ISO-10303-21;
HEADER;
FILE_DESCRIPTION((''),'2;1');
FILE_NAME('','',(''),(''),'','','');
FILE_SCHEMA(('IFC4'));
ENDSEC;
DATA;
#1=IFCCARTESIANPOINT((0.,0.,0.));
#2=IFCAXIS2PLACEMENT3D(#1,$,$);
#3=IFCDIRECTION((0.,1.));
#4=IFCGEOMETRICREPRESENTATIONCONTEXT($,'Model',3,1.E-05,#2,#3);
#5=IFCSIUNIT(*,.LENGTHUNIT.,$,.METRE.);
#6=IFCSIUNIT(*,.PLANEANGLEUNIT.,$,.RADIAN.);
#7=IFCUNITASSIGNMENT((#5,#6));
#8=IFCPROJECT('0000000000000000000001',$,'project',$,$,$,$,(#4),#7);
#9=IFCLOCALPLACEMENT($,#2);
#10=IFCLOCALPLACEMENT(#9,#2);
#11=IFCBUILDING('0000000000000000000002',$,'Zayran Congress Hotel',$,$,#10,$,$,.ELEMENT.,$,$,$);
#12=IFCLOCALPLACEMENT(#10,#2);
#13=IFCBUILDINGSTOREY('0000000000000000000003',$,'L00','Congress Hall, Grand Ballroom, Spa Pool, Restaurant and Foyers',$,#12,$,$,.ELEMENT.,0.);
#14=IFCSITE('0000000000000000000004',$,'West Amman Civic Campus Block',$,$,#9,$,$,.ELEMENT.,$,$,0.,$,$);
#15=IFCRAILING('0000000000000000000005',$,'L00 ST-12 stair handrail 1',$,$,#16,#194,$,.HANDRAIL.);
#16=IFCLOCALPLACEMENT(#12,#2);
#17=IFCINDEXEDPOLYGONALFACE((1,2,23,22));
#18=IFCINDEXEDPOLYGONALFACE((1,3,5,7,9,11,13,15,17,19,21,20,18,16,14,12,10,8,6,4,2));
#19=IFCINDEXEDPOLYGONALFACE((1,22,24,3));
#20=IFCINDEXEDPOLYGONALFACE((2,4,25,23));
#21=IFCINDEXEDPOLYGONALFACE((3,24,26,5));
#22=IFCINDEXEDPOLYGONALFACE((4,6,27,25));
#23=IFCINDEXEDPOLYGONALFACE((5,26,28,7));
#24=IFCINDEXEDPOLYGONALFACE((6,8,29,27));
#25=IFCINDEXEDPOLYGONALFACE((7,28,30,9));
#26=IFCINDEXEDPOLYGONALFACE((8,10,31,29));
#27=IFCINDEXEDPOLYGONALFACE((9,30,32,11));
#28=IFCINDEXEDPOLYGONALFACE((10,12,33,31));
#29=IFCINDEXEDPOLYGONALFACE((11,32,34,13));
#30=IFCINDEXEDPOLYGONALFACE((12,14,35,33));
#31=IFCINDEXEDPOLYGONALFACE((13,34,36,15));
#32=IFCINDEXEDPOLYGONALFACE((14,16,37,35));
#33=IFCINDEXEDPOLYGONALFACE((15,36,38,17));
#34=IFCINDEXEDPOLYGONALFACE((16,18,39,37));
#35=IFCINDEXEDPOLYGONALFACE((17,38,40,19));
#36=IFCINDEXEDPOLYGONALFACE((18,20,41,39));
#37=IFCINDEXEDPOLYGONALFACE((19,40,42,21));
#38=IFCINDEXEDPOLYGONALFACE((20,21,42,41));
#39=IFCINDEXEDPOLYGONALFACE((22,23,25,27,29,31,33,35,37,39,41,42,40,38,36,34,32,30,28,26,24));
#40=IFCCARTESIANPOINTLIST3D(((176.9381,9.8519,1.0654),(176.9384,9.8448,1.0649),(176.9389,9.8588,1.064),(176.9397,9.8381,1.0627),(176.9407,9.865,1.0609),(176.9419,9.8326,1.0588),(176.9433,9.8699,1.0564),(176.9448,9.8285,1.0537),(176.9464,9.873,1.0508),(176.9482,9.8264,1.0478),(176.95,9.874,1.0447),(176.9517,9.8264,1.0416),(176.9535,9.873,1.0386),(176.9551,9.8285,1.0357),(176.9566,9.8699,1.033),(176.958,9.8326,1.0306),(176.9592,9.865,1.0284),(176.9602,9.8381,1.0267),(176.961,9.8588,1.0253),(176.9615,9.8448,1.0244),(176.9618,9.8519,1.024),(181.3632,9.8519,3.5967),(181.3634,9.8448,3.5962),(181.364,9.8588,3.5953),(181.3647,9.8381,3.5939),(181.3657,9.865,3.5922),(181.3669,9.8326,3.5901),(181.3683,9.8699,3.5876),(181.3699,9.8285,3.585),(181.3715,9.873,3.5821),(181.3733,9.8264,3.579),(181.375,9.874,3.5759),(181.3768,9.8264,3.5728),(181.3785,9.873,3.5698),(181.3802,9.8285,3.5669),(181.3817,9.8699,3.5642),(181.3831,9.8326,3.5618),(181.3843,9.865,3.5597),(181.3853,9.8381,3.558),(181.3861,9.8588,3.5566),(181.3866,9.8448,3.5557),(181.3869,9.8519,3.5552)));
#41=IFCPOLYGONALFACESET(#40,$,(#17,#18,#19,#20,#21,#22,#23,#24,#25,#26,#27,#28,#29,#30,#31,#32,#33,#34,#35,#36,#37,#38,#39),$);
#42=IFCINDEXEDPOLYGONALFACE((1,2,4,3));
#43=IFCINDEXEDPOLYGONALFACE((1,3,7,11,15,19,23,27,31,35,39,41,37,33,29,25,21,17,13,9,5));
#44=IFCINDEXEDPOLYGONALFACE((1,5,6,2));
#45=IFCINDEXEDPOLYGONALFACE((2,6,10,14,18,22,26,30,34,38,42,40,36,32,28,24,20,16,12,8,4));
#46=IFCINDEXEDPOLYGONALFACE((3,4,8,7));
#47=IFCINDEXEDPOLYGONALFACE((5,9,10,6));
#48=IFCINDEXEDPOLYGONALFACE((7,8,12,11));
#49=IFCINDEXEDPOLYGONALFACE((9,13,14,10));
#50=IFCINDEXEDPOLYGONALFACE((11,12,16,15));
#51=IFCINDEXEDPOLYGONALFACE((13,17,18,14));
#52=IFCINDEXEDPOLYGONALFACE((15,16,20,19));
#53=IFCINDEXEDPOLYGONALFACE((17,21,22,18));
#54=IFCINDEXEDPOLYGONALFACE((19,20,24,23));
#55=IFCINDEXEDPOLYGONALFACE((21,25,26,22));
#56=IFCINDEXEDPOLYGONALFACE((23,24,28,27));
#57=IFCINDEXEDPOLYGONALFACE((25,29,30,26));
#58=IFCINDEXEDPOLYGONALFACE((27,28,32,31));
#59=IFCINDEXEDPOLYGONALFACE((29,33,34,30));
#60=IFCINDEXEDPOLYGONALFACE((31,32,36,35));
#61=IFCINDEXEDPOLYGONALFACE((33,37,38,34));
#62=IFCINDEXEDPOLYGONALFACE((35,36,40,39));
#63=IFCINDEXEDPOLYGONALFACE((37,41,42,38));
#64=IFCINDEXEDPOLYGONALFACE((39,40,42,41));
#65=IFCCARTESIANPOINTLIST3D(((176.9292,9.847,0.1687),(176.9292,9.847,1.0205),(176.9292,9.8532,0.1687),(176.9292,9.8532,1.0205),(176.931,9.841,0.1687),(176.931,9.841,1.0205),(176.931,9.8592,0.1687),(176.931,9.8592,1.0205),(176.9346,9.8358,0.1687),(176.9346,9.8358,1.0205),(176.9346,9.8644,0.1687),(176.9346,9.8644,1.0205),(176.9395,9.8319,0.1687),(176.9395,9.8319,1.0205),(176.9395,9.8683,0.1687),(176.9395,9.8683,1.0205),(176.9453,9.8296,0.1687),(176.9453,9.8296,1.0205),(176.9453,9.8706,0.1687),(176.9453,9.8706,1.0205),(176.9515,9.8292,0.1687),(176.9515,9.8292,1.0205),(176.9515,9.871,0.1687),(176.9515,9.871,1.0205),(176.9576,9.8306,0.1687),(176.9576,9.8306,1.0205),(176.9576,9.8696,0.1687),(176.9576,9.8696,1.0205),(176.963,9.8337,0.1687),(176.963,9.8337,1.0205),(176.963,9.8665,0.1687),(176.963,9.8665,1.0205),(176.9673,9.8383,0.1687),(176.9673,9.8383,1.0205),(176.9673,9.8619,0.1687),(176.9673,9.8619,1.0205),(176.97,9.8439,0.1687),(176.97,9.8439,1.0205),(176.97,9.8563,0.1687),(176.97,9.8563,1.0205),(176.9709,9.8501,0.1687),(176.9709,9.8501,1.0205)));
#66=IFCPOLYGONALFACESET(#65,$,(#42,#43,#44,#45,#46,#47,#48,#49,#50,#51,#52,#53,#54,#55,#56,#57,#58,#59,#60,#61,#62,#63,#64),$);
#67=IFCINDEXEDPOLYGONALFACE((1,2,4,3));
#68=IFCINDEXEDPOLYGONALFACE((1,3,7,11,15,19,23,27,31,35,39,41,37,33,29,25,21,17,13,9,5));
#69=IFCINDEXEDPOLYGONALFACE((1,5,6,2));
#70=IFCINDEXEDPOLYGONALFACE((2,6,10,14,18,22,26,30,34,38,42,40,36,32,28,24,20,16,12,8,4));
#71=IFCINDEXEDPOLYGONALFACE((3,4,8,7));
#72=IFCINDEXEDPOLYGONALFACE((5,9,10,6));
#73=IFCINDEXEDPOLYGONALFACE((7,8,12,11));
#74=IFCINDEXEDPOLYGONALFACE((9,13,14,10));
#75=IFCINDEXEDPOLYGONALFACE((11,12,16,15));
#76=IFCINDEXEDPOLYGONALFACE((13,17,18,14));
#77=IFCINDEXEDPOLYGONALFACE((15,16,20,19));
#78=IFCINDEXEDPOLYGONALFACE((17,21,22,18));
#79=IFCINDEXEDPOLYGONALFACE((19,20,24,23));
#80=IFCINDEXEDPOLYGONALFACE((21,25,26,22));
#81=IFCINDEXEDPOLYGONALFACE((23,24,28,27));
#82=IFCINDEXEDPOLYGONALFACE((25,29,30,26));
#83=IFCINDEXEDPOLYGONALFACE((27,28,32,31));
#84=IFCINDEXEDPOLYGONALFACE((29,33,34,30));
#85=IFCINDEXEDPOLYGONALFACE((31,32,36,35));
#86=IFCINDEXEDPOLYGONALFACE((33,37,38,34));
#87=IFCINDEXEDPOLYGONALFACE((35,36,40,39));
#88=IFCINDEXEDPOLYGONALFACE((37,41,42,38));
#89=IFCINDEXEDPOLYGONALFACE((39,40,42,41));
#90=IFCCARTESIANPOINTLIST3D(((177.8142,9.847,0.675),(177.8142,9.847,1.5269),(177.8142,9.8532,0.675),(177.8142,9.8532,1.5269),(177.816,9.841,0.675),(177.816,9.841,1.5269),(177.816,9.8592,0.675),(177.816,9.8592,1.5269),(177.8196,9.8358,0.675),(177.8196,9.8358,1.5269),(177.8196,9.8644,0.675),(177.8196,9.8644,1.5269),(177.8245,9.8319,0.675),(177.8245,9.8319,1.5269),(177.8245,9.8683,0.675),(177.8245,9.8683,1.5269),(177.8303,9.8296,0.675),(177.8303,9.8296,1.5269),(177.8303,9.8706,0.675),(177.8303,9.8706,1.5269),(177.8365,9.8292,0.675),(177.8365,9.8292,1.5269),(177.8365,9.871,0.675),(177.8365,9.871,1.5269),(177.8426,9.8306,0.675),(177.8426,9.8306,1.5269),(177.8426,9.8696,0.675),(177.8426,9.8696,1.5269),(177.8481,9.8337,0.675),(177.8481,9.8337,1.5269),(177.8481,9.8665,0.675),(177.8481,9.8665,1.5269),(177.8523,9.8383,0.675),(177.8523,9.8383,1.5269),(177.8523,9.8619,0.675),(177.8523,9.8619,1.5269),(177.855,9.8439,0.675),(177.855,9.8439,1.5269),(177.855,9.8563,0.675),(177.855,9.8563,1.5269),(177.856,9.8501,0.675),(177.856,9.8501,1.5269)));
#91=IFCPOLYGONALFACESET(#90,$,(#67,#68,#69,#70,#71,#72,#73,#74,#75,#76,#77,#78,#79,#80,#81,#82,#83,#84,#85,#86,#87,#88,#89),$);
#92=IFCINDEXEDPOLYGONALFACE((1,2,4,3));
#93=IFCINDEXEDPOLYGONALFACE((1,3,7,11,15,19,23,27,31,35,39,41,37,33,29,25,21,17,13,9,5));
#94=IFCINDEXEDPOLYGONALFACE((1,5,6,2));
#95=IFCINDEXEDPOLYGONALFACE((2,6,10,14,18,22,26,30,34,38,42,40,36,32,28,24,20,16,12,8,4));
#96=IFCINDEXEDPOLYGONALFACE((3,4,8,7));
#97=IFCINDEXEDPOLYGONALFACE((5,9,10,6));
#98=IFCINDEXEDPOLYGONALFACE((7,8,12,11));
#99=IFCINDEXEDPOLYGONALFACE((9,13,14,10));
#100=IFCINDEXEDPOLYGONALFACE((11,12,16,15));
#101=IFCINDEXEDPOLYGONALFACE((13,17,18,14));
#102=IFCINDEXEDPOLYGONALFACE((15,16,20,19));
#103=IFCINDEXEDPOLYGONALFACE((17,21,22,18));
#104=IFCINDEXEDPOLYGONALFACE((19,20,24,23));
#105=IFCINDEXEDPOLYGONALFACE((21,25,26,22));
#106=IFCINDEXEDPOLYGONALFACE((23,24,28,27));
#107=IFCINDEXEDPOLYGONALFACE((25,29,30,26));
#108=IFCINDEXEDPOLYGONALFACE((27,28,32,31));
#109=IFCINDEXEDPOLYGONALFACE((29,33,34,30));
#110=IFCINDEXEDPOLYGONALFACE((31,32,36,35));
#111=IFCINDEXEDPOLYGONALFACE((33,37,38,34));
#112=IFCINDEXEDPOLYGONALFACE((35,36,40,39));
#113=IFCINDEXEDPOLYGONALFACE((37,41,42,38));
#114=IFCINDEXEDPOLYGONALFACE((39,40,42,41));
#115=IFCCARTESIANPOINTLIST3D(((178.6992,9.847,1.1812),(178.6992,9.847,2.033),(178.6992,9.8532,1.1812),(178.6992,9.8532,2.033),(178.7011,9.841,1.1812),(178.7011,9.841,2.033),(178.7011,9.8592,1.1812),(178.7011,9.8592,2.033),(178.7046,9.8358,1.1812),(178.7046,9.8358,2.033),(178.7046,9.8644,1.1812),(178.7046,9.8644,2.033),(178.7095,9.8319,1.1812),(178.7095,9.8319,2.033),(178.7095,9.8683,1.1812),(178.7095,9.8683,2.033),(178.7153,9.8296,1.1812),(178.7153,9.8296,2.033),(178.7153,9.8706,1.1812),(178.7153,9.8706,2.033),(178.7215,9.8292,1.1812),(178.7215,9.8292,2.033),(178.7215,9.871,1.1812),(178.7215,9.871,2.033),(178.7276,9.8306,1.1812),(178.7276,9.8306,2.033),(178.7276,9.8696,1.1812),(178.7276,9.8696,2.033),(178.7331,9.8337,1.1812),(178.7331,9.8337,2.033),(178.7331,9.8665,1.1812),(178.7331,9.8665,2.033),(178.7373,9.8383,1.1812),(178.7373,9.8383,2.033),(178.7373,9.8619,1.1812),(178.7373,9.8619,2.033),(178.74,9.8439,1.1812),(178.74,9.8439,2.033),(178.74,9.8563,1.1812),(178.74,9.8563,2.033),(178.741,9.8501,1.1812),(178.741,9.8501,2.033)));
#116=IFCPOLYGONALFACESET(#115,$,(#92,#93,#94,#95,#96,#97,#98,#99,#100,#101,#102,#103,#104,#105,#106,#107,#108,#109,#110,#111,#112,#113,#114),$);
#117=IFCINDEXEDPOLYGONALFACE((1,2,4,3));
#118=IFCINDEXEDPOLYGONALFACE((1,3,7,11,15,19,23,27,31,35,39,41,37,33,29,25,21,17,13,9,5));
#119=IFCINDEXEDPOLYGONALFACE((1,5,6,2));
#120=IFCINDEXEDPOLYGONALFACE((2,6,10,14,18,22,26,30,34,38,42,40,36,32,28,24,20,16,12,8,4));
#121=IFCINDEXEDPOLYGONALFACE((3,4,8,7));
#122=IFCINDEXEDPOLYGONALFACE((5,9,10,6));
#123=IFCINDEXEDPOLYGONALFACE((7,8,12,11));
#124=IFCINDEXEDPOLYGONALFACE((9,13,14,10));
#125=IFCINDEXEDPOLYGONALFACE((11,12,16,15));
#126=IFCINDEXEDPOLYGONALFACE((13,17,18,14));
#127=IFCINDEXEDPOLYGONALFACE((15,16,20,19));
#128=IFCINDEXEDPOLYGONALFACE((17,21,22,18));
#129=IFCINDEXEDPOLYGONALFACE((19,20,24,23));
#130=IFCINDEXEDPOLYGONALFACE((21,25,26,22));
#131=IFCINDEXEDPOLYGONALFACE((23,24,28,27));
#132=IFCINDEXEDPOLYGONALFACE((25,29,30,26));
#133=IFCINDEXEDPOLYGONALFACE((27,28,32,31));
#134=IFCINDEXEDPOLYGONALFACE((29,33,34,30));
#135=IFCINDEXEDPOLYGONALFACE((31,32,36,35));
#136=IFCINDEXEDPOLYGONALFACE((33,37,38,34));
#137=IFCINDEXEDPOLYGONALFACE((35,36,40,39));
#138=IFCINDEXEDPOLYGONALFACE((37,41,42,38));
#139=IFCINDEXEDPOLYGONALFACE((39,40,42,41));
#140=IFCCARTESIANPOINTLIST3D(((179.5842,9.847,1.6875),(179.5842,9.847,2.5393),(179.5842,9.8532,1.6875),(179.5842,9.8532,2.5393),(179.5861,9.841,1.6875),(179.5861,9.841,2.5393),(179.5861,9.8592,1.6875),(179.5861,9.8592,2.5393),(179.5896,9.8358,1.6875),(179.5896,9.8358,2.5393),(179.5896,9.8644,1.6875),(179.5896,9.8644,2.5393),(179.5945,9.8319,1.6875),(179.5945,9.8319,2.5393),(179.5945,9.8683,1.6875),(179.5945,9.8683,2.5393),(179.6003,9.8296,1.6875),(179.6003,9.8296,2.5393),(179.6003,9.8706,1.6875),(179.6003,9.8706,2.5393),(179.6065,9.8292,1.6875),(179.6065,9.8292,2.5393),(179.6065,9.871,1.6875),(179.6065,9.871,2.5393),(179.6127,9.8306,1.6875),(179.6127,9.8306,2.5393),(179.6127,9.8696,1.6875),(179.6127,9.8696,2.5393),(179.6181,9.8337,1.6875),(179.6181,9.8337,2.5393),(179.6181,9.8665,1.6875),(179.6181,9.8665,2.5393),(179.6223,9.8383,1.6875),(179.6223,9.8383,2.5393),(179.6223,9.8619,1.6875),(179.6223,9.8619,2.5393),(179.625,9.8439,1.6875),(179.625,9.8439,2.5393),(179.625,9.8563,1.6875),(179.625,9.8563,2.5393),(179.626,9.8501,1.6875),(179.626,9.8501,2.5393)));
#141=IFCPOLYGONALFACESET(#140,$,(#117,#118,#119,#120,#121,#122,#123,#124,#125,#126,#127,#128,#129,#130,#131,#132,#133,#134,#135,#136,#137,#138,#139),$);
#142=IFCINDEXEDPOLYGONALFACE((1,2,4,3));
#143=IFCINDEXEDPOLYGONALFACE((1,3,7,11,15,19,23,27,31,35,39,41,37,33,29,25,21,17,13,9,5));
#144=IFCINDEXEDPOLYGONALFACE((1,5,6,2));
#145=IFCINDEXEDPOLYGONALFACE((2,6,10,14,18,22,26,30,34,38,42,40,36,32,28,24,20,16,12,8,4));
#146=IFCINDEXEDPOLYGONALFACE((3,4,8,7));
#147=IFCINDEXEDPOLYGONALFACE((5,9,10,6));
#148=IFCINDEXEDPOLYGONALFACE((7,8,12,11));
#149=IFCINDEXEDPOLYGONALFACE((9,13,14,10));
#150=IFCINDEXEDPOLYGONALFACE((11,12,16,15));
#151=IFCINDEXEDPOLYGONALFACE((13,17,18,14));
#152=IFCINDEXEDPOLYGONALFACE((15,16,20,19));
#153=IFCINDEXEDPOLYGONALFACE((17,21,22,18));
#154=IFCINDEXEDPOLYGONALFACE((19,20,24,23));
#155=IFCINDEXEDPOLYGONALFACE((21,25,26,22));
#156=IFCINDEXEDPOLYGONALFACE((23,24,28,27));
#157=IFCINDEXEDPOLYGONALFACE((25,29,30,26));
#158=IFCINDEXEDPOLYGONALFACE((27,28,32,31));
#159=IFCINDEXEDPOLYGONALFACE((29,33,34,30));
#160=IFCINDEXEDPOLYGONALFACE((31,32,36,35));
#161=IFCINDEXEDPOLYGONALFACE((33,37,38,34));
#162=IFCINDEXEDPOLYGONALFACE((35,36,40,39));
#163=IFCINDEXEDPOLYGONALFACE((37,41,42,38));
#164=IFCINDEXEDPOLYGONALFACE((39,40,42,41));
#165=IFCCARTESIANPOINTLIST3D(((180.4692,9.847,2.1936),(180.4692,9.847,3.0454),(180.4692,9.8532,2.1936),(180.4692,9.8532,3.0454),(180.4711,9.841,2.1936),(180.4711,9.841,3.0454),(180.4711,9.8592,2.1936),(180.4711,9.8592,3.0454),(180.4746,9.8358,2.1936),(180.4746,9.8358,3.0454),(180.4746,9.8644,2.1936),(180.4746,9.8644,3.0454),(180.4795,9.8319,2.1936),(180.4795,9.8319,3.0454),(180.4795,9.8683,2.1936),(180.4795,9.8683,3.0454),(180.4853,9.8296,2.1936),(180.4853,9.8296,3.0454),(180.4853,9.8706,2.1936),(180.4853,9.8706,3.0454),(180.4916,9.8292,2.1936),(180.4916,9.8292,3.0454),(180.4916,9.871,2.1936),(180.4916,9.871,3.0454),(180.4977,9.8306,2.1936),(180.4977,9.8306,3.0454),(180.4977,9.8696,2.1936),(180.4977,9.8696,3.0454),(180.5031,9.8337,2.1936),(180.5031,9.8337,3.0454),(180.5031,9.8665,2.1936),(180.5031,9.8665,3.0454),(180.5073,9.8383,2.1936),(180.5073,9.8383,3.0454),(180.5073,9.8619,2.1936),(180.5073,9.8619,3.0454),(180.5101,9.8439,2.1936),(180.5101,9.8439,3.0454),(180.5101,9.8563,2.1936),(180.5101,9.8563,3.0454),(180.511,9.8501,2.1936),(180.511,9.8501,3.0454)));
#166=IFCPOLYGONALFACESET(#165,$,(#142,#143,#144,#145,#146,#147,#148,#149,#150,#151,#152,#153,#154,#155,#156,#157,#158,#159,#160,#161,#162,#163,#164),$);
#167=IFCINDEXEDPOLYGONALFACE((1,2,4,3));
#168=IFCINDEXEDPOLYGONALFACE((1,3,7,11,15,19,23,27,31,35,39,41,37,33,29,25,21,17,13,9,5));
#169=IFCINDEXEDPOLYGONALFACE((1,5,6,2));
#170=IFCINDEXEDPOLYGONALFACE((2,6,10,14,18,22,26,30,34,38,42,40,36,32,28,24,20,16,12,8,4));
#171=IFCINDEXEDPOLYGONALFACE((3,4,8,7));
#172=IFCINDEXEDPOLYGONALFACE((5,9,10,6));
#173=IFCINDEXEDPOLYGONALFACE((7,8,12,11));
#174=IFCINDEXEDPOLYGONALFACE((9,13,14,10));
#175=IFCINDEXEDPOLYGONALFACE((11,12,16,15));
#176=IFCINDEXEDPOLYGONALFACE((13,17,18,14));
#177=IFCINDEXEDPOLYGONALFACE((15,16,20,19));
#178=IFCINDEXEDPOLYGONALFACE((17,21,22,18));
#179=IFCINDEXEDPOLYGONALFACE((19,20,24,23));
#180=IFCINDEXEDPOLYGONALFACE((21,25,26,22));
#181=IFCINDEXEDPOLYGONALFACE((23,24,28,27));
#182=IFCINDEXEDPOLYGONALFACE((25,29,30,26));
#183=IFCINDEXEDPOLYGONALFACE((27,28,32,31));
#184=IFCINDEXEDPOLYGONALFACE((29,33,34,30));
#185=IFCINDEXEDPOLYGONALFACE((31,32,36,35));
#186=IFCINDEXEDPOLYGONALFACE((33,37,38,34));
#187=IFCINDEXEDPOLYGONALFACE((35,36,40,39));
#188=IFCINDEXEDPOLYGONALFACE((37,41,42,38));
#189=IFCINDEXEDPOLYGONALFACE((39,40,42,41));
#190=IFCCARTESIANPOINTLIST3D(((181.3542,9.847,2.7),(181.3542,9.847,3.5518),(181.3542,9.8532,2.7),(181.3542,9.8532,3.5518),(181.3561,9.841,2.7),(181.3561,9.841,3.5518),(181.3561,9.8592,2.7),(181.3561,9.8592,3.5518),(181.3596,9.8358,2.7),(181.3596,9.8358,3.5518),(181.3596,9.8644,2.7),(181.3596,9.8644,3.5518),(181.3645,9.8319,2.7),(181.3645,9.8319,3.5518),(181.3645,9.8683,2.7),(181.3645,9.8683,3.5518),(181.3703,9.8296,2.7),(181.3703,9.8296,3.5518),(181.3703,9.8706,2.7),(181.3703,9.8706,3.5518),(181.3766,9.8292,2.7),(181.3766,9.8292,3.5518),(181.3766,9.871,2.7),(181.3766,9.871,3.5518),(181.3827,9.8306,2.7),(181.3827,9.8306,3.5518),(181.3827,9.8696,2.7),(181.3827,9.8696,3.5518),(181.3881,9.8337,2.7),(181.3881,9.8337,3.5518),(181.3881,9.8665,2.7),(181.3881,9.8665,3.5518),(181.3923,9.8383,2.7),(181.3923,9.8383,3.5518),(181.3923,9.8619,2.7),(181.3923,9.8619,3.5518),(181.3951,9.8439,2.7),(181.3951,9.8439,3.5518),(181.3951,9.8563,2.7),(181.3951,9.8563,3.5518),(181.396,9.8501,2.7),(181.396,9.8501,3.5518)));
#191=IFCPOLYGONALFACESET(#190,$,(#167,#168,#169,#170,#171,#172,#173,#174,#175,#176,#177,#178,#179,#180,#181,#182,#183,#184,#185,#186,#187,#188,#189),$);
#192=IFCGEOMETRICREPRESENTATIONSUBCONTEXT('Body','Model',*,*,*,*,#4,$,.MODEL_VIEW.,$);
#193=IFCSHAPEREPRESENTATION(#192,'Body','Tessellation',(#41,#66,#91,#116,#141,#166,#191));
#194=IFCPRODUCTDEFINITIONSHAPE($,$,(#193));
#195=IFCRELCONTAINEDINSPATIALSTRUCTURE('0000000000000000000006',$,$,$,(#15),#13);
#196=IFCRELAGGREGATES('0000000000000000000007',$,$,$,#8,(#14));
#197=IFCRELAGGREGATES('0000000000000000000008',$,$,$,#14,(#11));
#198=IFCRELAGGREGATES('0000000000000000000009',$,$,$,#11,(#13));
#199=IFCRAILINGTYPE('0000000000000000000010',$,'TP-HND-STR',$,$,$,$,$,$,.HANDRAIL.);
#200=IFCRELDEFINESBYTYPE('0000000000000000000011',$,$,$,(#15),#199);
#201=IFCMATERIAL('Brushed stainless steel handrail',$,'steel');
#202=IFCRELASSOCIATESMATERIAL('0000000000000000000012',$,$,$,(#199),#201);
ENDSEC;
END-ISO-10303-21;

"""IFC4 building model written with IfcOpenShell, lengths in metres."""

from ifc_helpers import new_model, si_unit, direction, frame, origin, origin_2d, place, context, subcontext, project, spatial, circle, extrude, material, type_object, element, save


model = new_model("IFC4")

# Units and contexts
model_context = context("Model", 3, precision=1e-05, world=origin(), true_north=direction((0.0, 1.0)))
body_context = subcontext(model_context, "Body", "Model", "MODEL_VIEW")
ifc_project = project(units=[si_unit("LENGTHUNIT", "METRE"), si_unit("PLANEANGLEUNIT", "RADIAN")], contexts=[model_context])

# Site, building, storey
site_placement = place(None, origin())
site = spatial("IfcSite", under=ifc_project, at=site_placement, Name="West Amman Civic Campus Block", CompositionType="ELEMENT", RefElevation=0.0)
building_placement = place(site_placement, origin())
building = spatial("IfcBuilding", under=site, at=building_placement, Name="Zayran Congress Hotel", CompositionType="ELEMENT")
storey_placement = place(building_placement, origin())
storey = spatial("IfcBuildingStorey", under=building, at=storey_placement, Name="L00", Description="Congress Hall, Grand Ballroom, Spa Pool, Restaurant and Foyers", CompositionType="ELEMENT", Elevation=0.0)

# Railing
ifc_material_1 = material(Name="Brushed stainless steel handrail", Category="steel")
railing_type_1 = type_object("IfcRailingType", Name="TP-HND-STR", PredefinedType="HANDRAIL", material=ifc_material_1)
railing_1_placement = place(storey_placement, frame((176.95, 9.8501, 0.1687)))
element("IfcRailing", 1, at=railing_1_placement, inside=storey, type_object=railing_type_1, Name="L00 ST-12 stair handrail 1", PredefinedType="HANDRAIL", context=body_context, shape_type="SweptSolid", body=[
    extrude(circle(Radius=0.0239, at=origin_2d()), frame((0.0, 0.0, 0.876), z_axis=(0.868019, 0.0, 0.496531), x_axis=(0.0, 1.0, 0.0)), (0.0, 0.0, 1.0), 5.0979),
    extrude(circle(Radius=0.021, at=origin_2d()), origin(), (0.0, 0.0, 1.0), 0.8518),
    extrude(circle(Radius=0.021, at=origin_2d()), frame((0.885, 0.0, 0.5063)), (0.0, 0.0, 1.0), 0.8518),
    extrude(circle(Radius=0.021, at=origin_2d()), frame((1.77, 0.0, 1.0125)), (0.0, 0.0, 1.0), 0.8518),
    extrude(circle(Radius=0.021, at=origin_2d()), frame((2.655, 0.0, 1.5188)), (0.0, 0.0, 1.0), 0.8518),
    extrude(circle(Radius=0.021, at=origin_2d()), frame((3.54, 0.0, 2.0249)), (0.0, 0.0, 1.0), 0.8518),
    extrude(circle(Radius=0.021, at=origin_2d()), frame((4.425, 0.0, 2.5312)), (0.0, 0.0, 1.0), 0.8518),
])

save(model, "model.ifc")
